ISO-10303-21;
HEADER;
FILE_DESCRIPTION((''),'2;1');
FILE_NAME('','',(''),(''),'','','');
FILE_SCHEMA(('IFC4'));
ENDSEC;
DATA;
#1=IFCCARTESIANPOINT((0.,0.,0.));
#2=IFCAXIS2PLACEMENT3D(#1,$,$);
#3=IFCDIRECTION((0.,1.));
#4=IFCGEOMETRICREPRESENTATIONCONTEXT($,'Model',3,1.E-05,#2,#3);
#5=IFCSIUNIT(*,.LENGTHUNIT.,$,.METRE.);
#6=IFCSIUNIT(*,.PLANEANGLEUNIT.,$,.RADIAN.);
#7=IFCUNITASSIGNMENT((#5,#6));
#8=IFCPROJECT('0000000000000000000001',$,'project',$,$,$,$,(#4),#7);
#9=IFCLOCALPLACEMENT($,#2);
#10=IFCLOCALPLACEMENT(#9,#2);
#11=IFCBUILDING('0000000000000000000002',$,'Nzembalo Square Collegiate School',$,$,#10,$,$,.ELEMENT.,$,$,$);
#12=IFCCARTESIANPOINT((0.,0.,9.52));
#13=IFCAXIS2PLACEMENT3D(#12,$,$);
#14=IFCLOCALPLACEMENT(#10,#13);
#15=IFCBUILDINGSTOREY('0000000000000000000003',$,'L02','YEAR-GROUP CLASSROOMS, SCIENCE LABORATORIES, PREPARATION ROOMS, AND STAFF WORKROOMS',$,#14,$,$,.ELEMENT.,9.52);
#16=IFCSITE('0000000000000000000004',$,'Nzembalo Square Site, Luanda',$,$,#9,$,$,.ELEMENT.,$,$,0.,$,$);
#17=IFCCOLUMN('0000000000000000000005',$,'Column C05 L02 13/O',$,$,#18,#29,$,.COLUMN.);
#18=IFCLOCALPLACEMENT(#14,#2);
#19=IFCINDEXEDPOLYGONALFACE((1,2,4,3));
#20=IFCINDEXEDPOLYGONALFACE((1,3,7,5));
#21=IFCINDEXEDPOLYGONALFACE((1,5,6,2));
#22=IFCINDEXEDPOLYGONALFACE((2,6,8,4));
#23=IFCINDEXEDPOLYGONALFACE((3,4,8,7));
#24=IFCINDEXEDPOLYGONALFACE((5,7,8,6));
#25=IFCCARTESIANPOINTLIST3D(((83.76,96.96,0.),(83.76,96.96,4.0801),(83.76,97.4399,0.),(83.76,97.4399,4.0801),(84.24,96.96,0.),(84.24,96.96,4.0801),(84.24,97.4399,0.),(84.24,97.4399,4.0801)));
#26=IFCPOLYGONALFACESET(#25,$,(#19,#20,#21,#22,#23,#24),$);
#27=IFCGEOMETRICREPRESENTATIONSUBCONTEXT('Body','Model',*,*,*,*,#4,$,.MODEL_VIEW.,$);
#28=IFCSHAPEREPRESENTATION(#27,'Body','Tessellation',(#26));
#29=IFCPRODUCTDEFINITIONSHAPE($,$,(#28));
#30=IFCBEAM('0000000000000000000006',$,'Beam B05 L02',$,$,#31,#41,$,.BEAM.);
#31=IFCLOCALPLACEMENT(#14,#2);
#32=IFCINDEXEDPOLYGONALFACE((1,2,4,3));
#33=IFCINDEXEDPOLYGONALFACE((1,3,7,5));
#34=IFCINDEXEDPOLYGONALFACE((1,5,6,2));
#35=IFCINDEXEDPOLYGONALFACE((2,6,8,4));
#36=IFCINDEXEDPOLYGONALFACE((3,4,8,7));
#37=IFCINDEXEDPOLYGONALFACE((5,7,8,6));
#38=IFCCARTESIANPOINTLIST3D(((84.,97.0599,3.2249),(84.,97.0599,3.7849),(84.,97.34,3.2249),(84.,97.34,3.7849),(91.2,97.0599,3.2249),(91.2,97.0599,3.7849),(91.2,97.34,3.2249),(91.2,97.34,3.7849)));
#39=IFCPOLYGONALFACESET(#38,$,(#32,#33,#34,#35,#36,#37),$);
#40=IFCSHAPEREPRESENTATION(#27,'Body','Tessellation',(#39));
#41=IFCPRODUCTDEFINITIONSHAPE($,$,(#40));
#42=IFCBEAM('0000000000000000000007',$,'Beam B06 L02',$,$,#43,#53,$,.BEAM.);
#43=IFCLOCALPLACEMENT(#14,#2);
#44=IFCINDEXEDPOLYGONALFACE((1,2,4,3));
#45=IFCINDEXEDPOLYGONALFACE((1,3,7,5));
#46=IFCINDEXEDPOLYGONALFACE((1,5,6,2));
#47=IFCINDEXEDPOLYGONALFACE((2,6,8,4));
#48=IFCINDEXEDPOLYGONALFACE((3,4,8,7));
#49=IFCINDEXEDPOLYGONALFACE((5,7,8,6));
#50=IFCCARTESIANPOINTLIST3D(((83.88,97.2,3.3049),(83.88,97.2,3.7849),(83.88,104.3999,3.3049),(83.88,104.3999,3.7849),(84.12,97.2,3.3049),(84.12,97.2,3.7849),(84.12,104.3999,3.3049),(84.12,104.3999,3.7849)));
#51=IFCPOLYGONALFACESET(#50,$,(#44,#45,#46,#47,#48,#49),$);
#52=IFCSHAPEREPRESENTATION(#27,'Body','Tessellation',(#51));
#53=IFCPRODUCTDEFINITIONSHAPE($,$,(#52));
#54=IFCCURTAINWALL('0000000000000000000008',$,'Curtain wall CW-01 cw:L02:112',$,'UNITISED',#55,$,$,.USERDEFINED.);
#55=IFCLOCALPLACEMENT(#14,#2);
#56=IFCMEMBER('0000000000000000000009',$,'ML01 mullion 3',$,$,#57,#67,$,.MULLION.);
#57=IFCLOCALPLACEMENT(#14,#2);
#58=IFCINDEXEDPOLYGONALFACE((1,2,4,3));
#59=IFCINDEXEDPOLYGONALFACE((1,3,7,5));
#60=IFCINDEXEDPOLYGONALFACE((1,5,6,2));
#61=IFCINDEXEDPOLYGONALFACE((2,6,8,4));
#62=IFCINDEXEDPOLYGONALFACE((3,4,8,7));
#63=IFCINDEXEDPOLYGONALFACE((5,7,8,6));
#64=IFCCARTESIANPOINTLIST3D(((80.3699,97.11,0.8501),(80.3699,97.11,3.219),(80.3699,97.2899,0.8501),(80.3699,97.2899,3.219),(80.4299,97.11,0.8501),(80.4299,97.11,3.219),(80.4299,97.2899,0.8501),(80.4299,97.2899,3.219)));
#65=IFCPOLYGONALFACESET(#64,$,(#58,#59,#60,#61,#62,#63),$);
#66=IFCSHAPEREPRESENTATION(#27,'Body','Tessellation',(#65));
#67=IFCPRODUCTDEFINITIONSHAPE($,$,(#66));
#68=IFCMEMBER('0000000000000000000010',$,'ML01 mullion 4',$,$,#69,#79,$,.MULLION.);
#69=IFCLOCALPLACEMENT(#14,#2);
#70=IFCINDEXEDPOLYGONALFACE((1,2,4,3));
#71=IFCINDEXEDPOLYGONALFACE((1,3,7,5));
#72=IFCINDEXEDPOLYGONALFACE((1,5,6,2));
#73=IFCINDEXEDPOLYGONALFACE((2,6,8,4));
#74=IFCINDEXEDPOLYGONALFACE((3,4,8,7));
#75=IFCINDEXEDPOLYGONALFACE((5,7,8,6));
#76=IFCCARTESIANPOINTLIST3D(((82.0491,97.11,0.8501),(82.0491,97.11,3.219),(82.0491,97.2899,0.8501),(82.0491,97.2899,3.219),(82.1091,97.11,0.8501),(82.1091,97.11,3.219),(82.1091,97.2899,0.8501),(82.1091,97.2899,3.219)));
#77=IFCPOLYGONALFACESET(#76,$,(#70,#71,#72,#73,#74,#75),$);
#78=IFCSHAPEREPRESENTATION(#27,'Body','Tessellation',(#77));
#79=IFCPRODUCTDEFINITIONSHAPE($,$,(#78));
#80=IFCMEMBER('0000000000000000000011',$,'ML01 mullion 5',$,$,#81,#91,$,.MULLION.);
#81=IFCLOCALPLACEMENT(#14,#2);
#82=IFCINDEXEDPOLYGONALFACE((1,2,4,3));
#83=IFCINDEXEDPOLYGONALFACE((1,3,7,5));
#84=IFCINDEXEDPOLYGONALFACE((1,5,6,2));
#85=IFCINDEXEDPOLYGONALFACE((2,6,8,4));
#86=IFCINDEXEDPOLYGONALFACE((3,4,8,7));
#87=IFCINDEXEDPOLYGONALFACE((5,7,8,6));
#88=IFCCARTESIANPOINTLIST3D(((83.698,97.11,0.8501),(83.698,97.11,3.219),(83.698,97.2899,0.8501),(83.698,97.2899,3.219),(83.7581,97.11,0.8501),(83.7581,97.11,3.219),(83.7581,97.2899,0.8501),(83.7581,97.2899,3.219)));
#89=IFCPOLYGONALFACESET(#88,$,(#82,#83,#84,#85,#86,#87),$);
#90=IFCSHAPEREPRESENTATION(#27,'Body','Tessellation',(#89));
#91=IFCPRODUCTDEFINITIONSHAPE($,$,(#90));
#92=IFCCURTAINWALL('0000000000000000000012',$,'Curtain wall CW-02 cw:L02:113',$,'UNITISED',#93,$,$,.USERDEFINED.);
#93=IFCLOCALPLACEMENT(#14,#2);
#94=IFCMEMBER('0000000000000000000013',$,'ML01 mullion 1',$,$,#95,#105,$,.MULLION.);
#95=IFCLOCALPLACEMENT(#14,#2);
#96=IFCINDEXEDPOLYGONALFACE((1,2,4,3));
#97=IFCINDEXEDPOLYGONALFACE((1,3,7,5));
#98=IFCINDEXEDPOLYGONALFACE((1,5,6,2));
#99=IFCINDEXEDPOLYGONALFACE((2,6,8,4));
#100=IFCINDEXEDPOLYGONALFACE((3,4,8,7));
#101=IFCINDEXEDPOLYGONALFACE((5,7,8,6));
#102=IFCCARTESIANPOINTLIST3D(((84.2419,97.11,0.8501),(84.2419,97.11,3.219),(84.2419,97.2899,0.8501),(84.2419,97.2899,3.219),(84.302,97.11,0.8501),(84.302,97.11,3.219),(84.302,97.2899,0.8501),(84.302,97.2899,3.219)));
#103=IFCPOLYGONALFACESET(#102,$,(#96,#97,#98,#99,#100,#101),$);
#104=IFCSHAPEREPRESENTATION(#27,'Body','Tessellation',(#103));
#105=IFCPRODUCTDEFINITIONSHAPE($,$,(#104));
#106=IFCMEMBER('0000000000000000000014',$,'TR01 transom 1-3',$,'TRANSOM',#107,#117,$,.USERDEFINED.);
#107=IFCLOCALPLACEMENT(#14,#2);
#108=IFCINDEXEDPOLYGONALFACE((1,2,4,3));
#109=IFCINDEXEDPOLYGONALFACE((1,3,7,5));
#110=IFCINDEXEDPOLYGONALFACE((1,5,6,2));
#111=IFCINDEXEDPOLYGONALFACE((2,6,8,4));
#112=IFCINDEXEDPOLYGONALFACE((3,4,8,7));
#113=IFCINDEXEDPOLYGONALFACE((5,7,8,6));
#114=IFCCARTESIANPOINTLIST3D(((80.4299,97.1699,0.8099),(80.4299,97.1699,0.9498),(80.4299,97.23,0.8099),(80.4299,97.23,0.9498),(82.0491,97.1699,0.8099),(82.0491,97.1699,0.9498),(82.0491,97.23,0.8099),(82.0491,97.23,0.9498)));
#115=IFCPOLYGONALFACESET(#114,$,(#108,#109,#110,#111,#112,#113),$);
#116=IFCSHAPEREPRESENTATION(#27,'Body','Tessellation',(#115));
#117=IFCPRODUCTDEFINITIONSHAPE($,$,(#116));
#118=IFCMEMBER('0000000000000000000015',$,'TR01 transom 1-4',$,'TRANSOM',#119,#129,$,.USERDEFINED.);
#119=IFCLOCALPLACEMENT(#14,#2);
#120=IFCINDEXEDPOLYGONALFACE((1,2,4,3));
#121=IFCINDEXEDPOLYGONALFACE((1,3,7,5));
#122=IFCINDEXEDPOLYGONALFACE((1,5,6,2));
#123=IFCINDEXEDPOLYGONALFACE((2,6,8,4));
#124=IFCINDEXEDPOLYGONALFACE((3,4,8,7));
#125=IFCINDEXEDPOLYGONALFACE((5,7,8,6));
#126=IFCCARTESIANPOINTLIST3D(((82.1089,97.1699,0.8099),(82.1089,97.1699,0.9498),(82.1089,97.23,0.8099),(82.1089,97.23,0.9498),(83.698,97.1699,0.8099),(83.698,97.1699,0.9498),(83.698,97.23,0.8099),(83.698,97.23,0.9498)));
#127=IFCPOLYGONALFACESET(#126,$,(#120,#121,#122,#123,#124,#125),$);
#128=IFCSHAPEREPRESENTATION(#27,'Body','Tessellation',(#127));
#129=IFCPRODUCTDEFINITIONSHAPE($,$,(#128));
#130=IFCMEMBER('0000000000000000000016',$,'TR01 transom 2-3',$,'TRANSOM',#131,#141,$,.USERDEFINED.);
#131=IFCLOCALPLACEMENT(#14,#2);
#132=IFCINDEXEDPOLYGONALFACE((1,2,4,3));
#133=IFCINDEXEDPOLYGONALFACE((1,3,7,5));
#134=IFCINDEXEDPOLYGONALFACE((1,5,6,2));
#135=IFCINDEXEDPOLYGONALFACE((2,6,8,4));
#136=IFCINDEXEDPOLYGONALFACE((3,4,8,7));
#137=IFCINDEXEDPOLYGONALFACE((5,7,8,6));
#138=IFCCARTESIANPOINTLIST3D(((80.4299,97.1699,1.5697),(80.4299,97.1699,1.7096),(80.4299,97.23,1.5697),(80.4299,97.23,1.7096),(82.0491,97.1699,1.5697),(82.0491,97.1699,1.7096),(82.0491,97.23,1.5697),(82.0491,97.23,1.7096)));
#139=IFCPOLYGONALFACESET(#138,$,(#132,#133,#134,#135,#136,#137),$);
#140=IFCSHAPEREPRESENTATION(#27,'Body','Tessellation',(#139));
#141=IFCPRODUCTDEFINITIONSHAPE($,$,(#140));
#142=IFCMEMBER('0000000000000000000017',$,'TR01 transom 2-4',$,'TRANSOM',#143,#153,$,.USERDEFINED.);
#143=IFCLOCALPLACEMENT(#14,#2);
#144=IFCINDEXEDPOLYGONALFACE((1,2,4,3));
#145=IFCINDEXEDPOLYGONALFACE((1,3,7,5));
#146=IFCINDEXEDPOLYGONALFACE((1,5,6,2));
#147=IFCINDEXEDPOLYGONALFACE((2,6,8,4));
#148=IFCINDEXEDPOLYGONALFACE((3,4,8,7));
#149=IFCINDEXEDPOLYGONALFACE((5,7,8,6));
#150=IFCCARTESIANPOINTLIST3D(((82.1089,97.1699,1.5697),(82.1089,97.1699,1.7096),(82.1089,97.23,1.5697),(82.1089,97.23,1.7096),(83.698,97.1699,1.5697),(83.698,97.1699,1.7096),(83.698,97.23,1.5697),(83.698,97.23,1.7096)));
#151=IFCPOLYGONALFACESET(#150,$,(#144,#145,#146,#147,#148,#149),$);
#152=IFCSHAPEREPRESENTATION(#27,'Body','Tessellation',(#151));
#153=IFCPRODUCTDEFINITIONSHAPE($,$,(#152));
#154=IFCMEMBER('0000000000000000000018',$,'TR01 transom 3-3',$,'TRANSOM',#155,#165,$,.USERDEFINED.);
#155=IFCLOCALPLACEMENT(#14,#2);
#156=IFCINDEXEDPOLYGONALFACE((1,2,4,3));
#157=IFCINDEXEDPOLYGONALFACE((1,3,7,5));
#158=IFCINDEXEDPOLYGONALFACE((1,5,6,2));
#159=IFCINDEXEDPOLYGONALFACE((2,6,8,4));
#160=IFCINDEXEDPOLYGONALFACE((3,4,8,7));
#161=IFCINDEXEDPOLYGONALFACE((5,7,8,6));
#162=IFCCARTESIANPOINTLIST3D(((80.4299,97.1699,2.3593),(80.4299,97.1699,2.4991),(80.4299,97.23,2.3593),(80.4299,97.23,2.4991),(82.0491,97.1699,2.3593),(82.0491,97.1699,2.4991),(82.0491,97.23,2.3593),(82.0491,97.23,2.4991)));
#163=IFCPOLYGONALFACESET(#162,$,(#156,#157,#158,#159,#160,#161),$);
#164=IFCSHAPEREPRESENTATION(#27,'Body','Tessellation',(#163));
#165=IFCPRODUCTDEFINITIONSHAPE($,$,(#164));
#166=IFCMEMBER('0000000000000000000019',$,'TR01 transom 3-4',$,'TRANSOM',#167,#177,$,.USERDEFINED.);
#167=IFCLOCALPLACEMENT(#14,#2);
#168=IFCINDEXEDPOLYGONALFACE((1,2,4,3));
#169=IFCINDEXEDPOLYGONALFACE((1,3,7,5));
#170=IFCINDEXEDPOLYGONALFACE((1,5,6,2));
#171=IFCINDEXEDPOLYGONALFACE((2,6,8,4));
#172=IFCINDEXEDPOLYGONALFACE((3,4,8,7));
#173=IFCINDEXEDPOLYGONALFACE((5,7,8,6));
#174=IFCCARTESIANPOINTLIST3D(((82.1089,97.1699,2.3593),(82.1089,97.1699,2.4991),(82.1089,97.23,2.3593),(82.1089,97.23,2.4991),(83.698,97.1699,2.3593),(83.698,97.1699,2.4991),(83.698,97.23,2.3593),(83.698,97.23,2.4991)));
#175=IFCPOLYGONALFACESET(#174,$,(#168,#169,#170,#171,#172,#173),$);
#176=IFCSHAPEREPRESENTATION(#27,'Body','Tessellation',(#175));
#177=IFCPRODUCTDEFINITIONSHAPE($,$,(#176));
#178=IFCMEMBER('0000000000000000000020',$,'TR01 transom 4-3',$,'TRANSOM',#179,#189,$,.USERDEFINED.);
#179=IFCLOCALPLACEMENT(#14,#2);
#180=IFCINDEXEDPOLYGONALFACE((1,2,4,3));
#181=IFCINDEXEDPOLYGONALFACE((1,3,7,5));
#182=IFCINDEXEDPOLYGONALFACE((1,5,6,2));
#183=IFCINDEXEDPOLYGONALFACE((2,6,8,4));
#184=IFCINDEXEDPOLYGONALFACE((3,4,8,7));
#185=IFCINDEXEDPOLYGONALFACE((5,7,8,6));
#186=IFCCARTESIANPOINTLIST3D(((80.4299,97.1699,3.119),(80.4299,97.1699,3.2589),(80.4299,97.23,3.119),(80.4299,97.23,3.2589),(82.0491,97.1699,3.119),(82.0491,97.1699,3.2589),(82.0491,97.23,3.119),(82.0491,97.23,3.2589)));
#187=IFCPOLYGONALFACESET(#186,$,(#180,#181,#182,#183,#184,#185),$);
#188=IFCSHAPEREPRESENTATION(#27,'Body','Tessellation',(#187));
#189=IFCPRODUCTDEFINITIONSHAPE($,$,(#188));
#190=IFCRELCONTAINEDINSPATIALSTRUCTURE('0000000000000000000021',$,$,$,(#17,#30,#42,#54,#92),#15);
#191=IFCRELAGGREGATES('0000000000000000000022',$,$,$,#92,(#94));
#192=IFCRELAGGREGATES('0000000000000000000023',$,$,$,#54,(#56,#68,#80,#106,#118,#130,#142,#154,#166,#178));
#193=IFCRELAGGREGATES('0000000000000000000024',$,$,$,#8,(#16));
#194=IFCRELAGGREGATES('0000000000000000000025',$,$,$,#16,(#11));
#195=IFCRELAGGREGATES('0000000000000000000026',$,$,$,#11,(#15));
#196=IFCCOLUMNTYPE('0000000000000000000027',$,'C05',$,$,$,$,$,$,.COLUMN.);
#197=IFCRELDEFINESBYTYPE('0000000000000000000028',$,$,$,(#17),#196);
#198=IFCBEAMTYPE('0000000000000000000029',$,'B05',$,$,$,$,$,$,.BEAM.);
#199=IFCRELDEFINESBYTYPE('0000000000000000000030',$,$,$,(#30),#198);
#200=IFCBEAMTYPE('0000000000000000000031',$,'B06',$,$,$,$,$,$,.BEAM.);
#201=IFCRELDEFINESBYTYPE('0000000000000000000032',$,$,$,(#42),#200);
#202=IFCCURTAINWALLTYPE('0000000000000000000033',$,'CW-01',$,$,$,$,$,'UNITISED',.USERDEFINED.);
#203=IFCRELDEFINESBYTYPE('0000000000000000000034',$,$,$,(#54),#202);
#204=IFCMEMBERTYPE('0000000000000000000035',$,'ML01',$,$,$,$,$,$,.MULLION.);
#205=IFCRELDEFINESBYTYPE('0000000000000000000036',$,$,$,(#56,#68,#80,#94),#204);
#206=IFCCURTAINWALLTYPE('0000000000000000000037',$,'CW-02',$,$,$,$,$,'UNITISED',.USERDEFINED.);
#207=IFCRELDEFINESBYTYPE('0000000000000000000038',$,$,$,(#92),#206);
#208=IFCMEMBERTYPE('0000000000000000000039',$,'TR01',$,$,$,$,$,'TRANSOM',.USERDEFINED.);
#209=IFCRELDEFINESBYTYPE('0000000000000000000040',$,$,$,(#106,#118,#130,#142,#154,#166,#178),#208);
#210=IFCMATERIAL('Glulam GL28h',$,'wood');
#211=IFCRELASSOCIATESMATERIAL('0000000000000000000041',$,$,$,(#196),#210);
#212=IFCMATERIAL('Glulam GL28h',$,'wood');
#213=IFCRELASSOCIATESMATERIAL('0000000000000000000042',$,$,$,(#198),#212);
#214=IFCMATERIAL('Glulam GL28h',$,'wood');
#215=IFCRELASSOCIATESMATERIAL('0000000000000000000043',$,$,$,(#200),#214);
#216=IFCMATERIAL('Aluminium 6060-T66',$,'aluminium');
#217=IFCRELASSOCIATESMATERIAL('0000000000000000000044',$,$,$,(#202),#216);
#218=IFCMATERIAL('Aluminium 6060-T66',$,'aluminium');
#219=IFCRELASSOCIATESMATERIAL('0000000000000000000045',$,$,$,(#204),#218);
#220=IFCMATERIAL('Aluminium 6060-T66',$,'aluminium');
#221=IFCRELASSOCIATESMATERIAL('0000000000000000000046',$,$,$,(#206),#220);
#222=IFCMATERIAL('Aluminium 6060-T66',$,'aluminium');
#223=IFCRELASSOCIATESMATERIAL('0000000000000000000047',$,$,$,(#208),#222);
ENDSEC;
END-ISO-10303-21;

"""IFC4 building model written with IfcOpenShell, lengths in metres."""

from ifc_helpers import new_model, si_unit, direction, frame, origin, origin_2d, place, context, subcontext, project, spatial, rectangle, extrude, material, material_profile, profile_set, type_object, element, aggregate, save


model = new_model("IFC4")

# Units and contexts
model_context = context("Model", 3, precision=1e-05, world=origin(), true_north=direction((0.0, 1.0)))
body_context = subcontext(model_context, "Body", "Model", "MODEL_VIEW")
ifc_project = project(units=[si_unit("LENGTHUNIT", "METRE"), si_unit("PLANEANGLEUNIT", "RADIAN")], contexts=[model_context])

# Site, building, storey
site_placement = place(None, origin())
site = spatial("IfcSite", under=ifc_project, at=site_placement, Name="Nzembalo Square Site, Luanda", CompositionType="ELEMENT", RefElevation=0.0)
building_placement = place(site_placement, origin())
building = spatial("IfcBuilding", under=site, at=building_placement, Name="Nzembalo Square Collegiate School", CompositionType="ELEMENT")
storey_placement = place(building_placement, frame((0.0, 0.0, 9.52)))
storey = spatial("IfcBuildingStorey", under=building, at=storey_placement, Name="L02", Description="YEAR-GROUP CLASSROOMS, SCIENCE LABORATORIES, PREPARATION ROOMS, AND STAFF WORKROOMS", CompositionType="ELEMENT", Elevation=9.52)

# Column
ifc_material_1 = material(Name="Glulam GL28h", Category="wood")
ifc_material_profile_1 = material_profile(ifc_material_1, rectangle(XDim=0.48, YDim=0.48, at=origin_2d()), Name="GL28h 480x480")
ifc_profile_set_1 = profile_set([ifc_material_profile_1], Name="Glulam GL28h")
column_type = type_object("IfcColumnType", Name="C05", PredefinedType="COLUMN", material=ifc_profile_set_1)
column_placement = place(storey_placement, frame((84.0, 97.2, 0.0), z_axis=(0.0, 0.0, 1.0), x_axis=(1.0, 0.0, 0.0)))
element("IfcColumn", 1, at=column_placement, inside=storey, type_object=column_type, Name="Column C05 L02 13/O", PredefinedType="COLUMN", context=body_context, shape_type="SweptSolid", body=[
    extrude(rectangle(XDim=0.48, YDim=0.48, at=origin_2d()), origin(), (0.0, 0.0, 1.0), 4.0801),
])

# Beams
ifc_material_2 = material(Name="Glulam GL28h", Category="wood")
ifc_material_profile_2 = material_profile(ifc_material_2, rectangle(XDim=0.28, YDim=0.5601, at=origin_2d()), Name="GL28h 280x560")
ifc_profile_set_2 = profile_set([ifc_material_profile_2], Name="Glulam GL28h")
beam_type_1 = type_object("IfcBeamType", Name="B05", PredefinedType="BEAM", material=ifc_profile_set_2)
beam_1_placement = place(storey_placement, frame((84.0, 97.2, 3.5049), z_axis=(1.0, 0.0, 0.0), x_axis=(0.0, 1.0, 0.0)))
element("IfcBeam", 2, at=beam_1_placement, inside=storey, type_object=beam_type_1, Name="Beam B05 L02", PredefinedType="BEAM", context=body_context, shape_type="SweptSolid", body=[
    extrude(rectangle(XDim=0.28, YDim=0.5601, at=origin_2d()), origin(), (0.0, 0.0, 1.0), 7.2),
])
ifc_material_3 = material(Name="Glulam GL28h", Category="wood")
ifc_material_profile_3 = material_profile(ifc_material_3, rectangle(XDim=0.24, YDim=0.48, at=origin_2d()), Name="GL28h 240x480")
ifc_profile_set_3 = profile_set([ifc_material_profile_3], Name="Glulam GL28h")
beam_type_2 = type_object("IfcBeamType", Name="B06", PredefinedType="BEAM", material=ifc_profile_set_3)
beam_2_placement = place(storey_placement, frame((84.0, 97.2, 3.5449), z_axis=(0.0, 1.0, 0.0), x_axis=(-1.0, 0.0, 0.0)))
element("IfcBeam", 3, at=beam_2_placement, inside=storey, type_object=beam_type_2, Name="Beam B06 L02", PredefinedType="BEAM", context=body_context, shape_type="SweptSolid", body=[
    extrude(rectangle(XDim=0.24, YDim=0.48, at=origin_2d()), origin(), (0.0, 0.0, 1.0), 7.2),
])

# Curtain wall, members
ifc_material_4 = material(Name="Aluminium 6060-T66", Category="aluminium")
curtain_wall_type_1 = type_object("IfcCurtainWallType", Name="CW-01", ElementType="UNITISED", PredefinedType="USERDEFINED", material=ifc_material_4)
curtain_wall_1_placement = place(storey_placement, origin())
curtain_wall_1 = element("IfcCurtainWall", 4, at=curtain_wall_1_placement, inside=storey, type_object=curtain_wall_type_1, Name="Curtain wall CW-01 cw:L02:112", ObjectType="UNITISED", PredefinedType="USERDEFINED")
ifc_material_5 = material(Name="Aluminium 6060-T66", Category="aluminium")
ifc_material_profile_4 = material_profile(ifc_material_5, rectangle(XDim=0.0601, YDim=0.1799, at=origin_2d()), Name="ALU M60x180")
ifc_profile_set_4 = profile_set([ifc_material_profile_4], Name="Aluminium 6060-T66")
member_type_1 = type_object("IfcMemberType", Name="ML01", PredefinedType="MULLION", material=ifc_profile_set_4)
member_1_placement = place(storey_placement, frame((80.3999, 97.2, 0.8501), z_axis=(0.0, 0.0, 1.0), x_axis=(1.0, 0.0, 0.0)))
member_1 = element("IfcMember", 5, at=member_1_placement, type_object=member_type_1, Name="ML01 mullion 3", PredefinedType="MULLION", context=body_context, shape_type="SweptSolid", body=[
    extrude(rectangle(XDim=0.0601, YDim=0.1799, at=origin_2d()), origin(), (0.0, 0.0, 1.0), 2.3689),
])
member_2_placement = place(storey_placement, frame((82.0791, 97.2, 0.8501), z_axis=(0.0, 0.0, 1.0), x_axis=(1.0, 0.0, 0.0)))
member_2 = element("IfcMember", 6, at=member_2_placement, type_object=member_type_1, Name="ML01 mullion 4", PredefinedType="MULLION", context=body_context, shape_type="SweptSolid", body=[
    extrude(rectangle(XDim=0.0601, YDim=0.1799, at=origin_2d()), origin(), (0.0, 0.0, 1.0), 2.3689),
])
member_3_placement = place(storey_placement, frame((83.728, 97.2, 0.8501), z_axis=(0.0, 0.0, 1.0), x_axis=(1.0, 0.0, 0.0)))
member_3 = element("IfcMember", 7, at=member_3_placement, type_object=member_type_1, Name="ML01 mullion 5", PredefinedType="MULLION", context=body_context, shape_type="SweptSolid", body=[
    extrude(rectangle(XDim=0.0601, YDim=0.1799, at=origin_2d()), origin(), (0.0, 0.0, 1.0), 2.3689),
])

# Curtain wall, member
ifc_material_6 = material(Name="Aluminium 6060-T66", Category="aluminium")
curtain_wall_type_2 = type_object("IfcCurtainWallType", Name="CW-02", ElementType="UNITISED", PredefinedType="USERDEFINED", material=ifc_material_6)
curtain_wall_2_placement = place(storey_placement, origin())
curtain_wall_2 = element("IfcCurtainWall", 8, at=curtain_wall_2_placement, inside=storey, type_object=curtain_wall_type_2, Name="Curtain wall CW-02 cw:L02:113", ObjectType="UNITISED", PredefinedType="USERDEFINED")
member_4_placement = place(storey_placement, frame((84.272, 97.2, 0.8501), z_axis=(0.0, 0.0, 1.0), x_axis=(1.0, 0.0, 0.0)))
member_4 = element("IfcMember", 9, at=member_4_placement, type_object=member_type_1, Name="ML01 mullion 1", PredefinedType="MULLION", context=body_context, shape_type="SweptSolid", body=[
    extrude(rectangle(XDim=0.0601, YDim=0.1799, at=origin_2d()), origin(), (0.0, 0.0, 1.0), 2.3689),
])

# Members
ifc_material_7 = material(Name="Aluminium 6060-T66", Category="aluminium")
ifc_material_profile_5 = material_profile(ifc_material_7, rectangle(XDim=0.0601, YDim=0.1399, at=origin_2d()), Name="ALU T60x140")
ifc_profile_set_5 = profile_set([ifc_material_profile_5], Name="Aluminium 6060-T66")
member_type_2 = type_object("IfcMemberType", Name="TR01", ElementType="TRANSOM", PredefinedType="USERDEFINED", material=ifc_profile_set_5)
member_5_placement = place(storey_placement, frame((80.4299, 97.2, 0.8799), z_axis=(1.0, 0.0, 0.0), x_axis=(0.0, 1.0, 0.0)))
member_5 = element("IfcMember", 10, at=member_5_placement, type_object=member_type_2, Name="TR01 transom 1-3", ObjectType="TRANSOM", PredefinedType="USERDEFINED", context=body_context, shape_type="SweptSolid", body=[
    extrude(rectangle(XDim=0.0601, YDim=0.1399, at=origin_2d()), origin(), (0.0, 0.0, 1.0), 1.6191),
])
member_6_placement = place(storey_placement, frame((82.1089, 97.2, 0.8799), z_axis=(1.0, 0.0, 0.0), x_axis=(0.0, 1.0, 0.0)))
member_6 = element("IfcMember", 11, at=member_6_placement, type_object=member_type_2, Name="TR01 transom 1-4", ObjectType="TRANSOM", PredefinedType="USERDEFINED", context=body_context, shape_type="SweptSolid", body=[
    extrude(rectangle(XDim=0.0601, YDim=0.1399, at=origin_2d()), origin(), (0.0, 0.0, 1.0), 1.5891),
])
member_7_placement = place(storey_placement, frame((80.4299, 97.2, 1.6396), z_axis=(1.0, 0.0, 0.0), x_axis=(0.0, 1.0, 0.0)))
member_7 = element("IfcMember", 12, at=member_7_placement, type_object=member_type_2, Name="TR01 transom 2-3", ObjectType="TRANSOM", PredefinedType="USERDEFINED", context=body_context, shape_type="SweptSolid", body=[
    extrude(rectangle(XDim=0.0601, YDim=0.1399, at=origin_2d()), origin(), (0.0, 0.0, 1.0), 1.6191),
])
member_8_placement = place(storey_placement, frame((82.1089, 97.2, 1.6396), z_axis=(1.0, 0.0, 0.0), x_axis=(0.0, 1.0, 0.0)))
member_8 = element("IfcMember", 13, at=member_8_placement, type_object=member_type_2, Name="TR01 transom 2-4", ObjectType="TRANSOM", PredefinedType="USERDEFINED", context=body_context, shape_type="SweptSolid", body=[
    extrude(rectangle(XDim=0.0601, YDim=0.1399, at=origin_2d()), origin(), (0.0, 0.0, 1.0), 1.5891),
])
member_9_placement = place(storey_placement, frame((80.4299, 97.2, 2.4292), z_axis=(1.0, 0.0, 0.0), x_axis=(0.0, 1.0, 0.0)))
member_9 = element("IfcMember", 14, at=member_9_placement, type_object=member_type_2, Name="TR01 transom 3-3", ObjectType="TRANSOM", PredefinedType="USERDEFINED", context=body_context, shape_type="SweptSolid", body=[
    extrude(rectangle(XDim=0.0601, YDim=0.1399, at=origin_2d()), origin(), (0.0, 0.0, 1.0), 1.6191),
])
member_10_placement = place(storey_placement, frame((82.1089, 97.2, 2.4292), z_axis=(1.0, 0.0, 0.0), x_axis=(0.0, 1.0, 0.0)))
member_10 = element("IfcMember", 15, at=member_10_placement, type_object=member_type_2, Name="TR01 transom 3-4", ObjectType="TRANSOM", PredefinedType="USERDEFINED", context=body_context, shape_type="SweptSolid", body=[
    extrude(rectangle(XDim=0.0601, YDim=0.1399, at=origin_2d()), origin(), (0.0, 0.0, 1.0), 1.5891),
])
member_11_placement = place(storey_placement, frame((80.4299, 97.2, 3.189), z_axis=(1.0, 0.0, 0.0), x_axis=(0.0, 1.0, 0.0)))
member_11 = element("IfcMember", 16, at=member_11_placement, type_object=member_type_2, Name="TR01 transom 4-3", ObjectType="TRANSOM", PredefinedType="USERDEFINED", context=body_context, shape_type="SweptSolid", body=[
    extrude(rectangle(XDim=0.0601, YDim=0.1399, at=origin_2d()), origin(), (0.0, 0.0, 1.0), 1.6191),
])
aggregate(curtain_wall_2, [member_4])

aggregate(curtain_wall_1, [member_1, member_2, member_3, member_5, member_6, member_7, member_8, member_9, member_10, member_11])

save(model, "model.ifc")
